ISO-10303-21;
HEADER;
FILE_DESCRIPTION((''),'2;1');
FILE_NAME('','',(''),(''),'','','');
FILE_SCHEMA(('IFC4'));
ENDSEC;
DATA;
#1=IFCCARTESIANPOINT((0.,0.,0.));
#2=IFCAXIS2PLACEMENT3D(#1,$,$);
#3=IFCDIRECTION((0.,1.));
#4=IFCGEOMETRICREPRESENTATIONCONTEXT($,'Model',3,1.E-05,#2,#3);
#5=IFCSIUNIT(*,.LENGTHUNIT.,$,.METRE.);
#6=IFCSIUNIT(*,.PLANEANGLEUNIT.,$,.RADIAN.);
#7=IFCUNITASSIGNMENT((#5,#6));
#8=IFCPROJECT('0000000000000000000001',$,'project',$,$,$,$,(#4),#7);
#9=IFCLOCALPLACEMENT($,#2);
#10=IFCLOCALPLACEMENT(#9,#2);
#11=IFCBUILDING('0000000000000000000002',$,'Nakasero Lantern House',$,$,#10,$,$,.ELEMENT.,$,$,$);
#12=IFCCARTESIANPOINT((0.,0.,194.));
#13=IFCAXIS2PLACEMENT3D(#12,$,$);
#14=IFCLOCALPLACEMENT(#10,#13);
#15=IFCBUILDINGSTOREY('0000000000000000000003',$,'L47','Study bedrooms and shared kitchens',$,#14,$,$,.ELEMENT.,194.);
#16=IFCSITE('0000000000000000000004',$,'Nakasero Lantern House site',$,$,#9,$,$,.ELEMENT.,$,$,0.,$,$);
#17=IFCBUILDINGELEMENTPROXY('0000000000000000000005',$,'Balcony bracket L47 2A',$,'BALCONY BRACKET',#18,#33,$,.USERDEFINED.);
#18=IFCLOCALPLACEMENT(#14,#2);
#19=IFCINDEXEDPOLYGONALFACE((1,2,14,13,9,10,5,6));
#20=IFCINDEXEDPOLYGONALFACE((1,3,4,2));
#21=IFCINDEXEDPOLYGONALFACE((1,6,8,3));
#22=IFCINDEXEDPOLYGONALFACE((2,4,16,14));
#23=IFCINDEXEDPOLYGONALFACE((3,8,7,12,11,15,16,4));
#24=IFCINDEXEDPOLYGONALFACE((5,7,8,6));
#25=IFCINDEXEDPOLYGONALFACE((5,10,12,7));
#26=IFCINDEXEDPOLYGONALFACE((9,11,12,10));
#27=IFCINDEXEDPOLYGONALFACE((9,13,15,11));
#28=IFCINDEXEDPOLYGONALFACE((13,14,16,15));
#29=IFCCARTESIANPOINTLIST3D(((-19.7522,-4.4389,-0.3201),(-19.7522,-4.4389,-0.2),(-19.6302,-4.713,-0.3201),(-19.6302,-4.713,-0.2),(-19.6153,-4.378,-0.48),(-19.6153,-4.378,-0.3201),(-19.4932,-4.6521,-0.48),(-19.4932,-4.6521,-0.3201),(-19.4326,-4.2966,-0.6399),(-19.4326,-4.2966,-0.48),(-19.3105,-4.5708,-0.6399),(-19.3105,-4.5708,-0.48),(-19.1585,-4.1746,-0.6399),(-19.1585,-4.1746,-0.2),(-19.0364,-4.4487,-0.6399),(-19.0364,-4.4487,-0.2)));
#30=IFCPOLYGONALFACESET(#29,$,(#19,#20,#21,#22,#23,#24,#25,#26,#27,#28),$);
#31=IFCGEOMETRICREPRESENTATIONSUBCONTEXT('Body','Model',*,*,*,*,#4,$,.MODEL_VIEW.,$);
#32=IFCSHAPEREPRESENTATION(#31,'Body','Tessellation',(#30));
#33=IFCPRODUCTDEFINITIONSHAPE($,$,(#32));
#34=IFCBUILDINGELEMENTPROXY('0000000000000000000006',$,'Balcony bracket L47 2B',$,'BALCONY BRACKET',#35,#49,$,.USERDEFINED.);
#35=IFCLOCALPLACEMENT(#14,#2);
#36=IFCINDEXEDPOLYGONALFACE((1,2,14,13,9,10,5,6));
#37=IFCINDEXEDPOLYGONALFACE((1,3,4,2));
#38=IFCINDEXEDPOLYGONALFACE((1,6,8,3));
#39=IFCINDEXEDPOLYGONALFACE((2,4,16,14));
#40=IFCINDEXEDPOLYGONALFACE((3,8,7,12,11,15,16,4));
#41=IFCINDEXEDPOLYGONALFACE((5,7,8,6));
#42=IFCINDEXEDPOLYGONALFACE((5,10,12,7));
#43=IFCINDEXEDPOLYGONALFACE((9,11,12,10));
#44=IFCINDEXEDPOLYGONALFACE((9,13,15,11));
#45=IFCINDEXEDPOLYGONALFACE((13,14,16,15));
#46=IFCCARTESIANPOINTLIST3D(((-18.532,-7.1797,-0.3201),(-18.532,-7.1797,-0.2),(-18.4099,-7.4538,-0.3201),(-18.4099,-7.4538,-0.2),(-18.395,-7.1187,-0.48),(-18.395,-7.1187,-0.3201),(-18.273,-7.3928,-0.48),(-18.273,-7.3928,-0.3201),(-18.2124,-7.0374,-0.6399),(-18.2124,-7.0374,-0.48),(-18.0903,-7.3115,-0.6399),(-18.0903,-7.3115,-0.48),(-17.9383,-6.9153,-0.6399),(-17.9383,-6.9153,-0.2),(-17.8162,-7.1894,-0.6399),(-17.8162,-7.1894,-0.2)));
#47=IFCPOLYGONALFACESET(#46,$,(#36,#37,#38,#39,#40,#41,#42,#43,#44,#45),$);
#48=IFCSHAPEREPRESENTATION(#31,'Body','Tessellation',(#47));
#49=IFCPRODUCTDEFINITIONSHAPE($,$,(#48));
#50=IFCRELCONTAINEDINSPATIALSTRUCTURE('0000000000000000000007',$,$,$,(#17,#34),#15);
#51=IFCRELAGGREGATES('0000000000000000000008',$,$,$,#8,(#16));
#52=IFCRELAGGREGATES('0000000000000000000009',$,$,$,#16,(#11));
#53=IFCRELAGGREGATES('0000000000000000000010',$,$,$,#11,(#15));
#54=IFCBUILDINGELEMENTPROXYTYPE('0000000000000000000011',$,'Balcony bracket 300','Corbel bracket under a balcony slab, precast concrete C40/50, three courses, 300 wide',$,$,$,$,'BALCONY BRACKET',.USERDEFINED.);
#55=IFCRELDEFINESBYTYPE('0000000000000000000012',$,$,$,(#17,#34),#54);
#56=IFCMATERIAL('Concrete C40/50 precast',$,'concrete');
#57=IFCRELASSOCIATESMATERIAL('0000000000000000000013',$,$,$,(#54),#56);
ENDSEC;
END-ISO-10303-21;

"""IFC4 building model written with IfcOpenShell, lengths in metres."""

from ifc_helpers import new_model, si_unit, direction, frame, origin, place, context, subcontext, project, spatial, polyline, outline, extrude, material, type_object, element, save


model = new_model("IFC4")

# Units and contexts
model_context = context("Model", 3, precision=1e-05, world=origin(), true_north=direction((0.0, 1.0)))
body_context = subcontext(model_context, "Body", "Model", "MODEL_VIEW")
ifc_project = project(units=[si_unit("LENGTHUNIT", "METRE"), si_unit("PLANEANGLEUNIT", "RADIAN")], contexts=[model_context])

# Site, building, storey
site_placement = place(None, origin())
site = spatial("IfcSite", under=ifc_project, at=site_placement, Name="Nakasero Lantern House site", CompositionType="ELEMENT", RefElevation=0.0)
building_placement = place(site_placement, origin())
building = spatial("IfcBuilding", under=site, at=building_placement, Name="Nakasero Lantern House", CompositionType="ELEMENT")
storey_placement = place(building_placement, frame((0.0, 0.0, 194.0)))
storey = spatial("IfcBuildingStorey", under=building, at=storey_placement, Name="L47", Description="Study bedrooms and shared kitchens", CompositionType="ELEMENT", Elevation=194.0)

# Building element proxies
ifc_material_1 = material(Name="Concrete C40/50 precast", Category="concrete")
building_element_proxy_type = type_object("IfcBuildingElementProxyType", Name="Balcony bracket 300", Description="Corbel bracket under a balcony slab, precast concrete C40/50, three courses, 300 wide", ElementType="BALCONY BRACKET", PredefinedType="USERDEFINED", material=ifc_material_1)
for number, where, z_axis, x_axis, name in (
    (1, (-19.0974, -4.3118, -0.2), (0.0, 0.0, 1.0), (-0.913545, -0.406737, 0.0), "Balcony bracket L47 2A"),
    (2, (-17.8772, -7.0525, -0.2), (0.0, 0.0, 1.0), (-0.913545, -0.406737, 0.0), "Balcony bracket L47 2B"),
):
    element("IfcBuildingElementProxy", number, at=place(storey_placement, frame(where, z_axis=z_axis, x_axis=x_axis)), inside=storey, type_object=building_element_proxy_type, Name=name, ObjectType="BALCONY BRACKET", PredefinedType="USERDEFINED", context=body_context, shape_type="SweptSolid", body=[
        extrude(outline(polyline([(0.0, 0.0), (0.6499, 0.0), (0.6499, -0.1201), (0.5, -0.1201), (0.5, -0.28), (0.3, -0.28), (0.3, -0.4399), (0.0, -0.4399), (0.0, 0.0)])), frame((0.0, 0.1499, 0.0), z_axis=(0.0, -1.0, 0.0), x_axis=(1.0, 0.0, 0.0)), (0.0, 0.0, 1.0), 0.3),
    ])

save(model, "model.ifc")
